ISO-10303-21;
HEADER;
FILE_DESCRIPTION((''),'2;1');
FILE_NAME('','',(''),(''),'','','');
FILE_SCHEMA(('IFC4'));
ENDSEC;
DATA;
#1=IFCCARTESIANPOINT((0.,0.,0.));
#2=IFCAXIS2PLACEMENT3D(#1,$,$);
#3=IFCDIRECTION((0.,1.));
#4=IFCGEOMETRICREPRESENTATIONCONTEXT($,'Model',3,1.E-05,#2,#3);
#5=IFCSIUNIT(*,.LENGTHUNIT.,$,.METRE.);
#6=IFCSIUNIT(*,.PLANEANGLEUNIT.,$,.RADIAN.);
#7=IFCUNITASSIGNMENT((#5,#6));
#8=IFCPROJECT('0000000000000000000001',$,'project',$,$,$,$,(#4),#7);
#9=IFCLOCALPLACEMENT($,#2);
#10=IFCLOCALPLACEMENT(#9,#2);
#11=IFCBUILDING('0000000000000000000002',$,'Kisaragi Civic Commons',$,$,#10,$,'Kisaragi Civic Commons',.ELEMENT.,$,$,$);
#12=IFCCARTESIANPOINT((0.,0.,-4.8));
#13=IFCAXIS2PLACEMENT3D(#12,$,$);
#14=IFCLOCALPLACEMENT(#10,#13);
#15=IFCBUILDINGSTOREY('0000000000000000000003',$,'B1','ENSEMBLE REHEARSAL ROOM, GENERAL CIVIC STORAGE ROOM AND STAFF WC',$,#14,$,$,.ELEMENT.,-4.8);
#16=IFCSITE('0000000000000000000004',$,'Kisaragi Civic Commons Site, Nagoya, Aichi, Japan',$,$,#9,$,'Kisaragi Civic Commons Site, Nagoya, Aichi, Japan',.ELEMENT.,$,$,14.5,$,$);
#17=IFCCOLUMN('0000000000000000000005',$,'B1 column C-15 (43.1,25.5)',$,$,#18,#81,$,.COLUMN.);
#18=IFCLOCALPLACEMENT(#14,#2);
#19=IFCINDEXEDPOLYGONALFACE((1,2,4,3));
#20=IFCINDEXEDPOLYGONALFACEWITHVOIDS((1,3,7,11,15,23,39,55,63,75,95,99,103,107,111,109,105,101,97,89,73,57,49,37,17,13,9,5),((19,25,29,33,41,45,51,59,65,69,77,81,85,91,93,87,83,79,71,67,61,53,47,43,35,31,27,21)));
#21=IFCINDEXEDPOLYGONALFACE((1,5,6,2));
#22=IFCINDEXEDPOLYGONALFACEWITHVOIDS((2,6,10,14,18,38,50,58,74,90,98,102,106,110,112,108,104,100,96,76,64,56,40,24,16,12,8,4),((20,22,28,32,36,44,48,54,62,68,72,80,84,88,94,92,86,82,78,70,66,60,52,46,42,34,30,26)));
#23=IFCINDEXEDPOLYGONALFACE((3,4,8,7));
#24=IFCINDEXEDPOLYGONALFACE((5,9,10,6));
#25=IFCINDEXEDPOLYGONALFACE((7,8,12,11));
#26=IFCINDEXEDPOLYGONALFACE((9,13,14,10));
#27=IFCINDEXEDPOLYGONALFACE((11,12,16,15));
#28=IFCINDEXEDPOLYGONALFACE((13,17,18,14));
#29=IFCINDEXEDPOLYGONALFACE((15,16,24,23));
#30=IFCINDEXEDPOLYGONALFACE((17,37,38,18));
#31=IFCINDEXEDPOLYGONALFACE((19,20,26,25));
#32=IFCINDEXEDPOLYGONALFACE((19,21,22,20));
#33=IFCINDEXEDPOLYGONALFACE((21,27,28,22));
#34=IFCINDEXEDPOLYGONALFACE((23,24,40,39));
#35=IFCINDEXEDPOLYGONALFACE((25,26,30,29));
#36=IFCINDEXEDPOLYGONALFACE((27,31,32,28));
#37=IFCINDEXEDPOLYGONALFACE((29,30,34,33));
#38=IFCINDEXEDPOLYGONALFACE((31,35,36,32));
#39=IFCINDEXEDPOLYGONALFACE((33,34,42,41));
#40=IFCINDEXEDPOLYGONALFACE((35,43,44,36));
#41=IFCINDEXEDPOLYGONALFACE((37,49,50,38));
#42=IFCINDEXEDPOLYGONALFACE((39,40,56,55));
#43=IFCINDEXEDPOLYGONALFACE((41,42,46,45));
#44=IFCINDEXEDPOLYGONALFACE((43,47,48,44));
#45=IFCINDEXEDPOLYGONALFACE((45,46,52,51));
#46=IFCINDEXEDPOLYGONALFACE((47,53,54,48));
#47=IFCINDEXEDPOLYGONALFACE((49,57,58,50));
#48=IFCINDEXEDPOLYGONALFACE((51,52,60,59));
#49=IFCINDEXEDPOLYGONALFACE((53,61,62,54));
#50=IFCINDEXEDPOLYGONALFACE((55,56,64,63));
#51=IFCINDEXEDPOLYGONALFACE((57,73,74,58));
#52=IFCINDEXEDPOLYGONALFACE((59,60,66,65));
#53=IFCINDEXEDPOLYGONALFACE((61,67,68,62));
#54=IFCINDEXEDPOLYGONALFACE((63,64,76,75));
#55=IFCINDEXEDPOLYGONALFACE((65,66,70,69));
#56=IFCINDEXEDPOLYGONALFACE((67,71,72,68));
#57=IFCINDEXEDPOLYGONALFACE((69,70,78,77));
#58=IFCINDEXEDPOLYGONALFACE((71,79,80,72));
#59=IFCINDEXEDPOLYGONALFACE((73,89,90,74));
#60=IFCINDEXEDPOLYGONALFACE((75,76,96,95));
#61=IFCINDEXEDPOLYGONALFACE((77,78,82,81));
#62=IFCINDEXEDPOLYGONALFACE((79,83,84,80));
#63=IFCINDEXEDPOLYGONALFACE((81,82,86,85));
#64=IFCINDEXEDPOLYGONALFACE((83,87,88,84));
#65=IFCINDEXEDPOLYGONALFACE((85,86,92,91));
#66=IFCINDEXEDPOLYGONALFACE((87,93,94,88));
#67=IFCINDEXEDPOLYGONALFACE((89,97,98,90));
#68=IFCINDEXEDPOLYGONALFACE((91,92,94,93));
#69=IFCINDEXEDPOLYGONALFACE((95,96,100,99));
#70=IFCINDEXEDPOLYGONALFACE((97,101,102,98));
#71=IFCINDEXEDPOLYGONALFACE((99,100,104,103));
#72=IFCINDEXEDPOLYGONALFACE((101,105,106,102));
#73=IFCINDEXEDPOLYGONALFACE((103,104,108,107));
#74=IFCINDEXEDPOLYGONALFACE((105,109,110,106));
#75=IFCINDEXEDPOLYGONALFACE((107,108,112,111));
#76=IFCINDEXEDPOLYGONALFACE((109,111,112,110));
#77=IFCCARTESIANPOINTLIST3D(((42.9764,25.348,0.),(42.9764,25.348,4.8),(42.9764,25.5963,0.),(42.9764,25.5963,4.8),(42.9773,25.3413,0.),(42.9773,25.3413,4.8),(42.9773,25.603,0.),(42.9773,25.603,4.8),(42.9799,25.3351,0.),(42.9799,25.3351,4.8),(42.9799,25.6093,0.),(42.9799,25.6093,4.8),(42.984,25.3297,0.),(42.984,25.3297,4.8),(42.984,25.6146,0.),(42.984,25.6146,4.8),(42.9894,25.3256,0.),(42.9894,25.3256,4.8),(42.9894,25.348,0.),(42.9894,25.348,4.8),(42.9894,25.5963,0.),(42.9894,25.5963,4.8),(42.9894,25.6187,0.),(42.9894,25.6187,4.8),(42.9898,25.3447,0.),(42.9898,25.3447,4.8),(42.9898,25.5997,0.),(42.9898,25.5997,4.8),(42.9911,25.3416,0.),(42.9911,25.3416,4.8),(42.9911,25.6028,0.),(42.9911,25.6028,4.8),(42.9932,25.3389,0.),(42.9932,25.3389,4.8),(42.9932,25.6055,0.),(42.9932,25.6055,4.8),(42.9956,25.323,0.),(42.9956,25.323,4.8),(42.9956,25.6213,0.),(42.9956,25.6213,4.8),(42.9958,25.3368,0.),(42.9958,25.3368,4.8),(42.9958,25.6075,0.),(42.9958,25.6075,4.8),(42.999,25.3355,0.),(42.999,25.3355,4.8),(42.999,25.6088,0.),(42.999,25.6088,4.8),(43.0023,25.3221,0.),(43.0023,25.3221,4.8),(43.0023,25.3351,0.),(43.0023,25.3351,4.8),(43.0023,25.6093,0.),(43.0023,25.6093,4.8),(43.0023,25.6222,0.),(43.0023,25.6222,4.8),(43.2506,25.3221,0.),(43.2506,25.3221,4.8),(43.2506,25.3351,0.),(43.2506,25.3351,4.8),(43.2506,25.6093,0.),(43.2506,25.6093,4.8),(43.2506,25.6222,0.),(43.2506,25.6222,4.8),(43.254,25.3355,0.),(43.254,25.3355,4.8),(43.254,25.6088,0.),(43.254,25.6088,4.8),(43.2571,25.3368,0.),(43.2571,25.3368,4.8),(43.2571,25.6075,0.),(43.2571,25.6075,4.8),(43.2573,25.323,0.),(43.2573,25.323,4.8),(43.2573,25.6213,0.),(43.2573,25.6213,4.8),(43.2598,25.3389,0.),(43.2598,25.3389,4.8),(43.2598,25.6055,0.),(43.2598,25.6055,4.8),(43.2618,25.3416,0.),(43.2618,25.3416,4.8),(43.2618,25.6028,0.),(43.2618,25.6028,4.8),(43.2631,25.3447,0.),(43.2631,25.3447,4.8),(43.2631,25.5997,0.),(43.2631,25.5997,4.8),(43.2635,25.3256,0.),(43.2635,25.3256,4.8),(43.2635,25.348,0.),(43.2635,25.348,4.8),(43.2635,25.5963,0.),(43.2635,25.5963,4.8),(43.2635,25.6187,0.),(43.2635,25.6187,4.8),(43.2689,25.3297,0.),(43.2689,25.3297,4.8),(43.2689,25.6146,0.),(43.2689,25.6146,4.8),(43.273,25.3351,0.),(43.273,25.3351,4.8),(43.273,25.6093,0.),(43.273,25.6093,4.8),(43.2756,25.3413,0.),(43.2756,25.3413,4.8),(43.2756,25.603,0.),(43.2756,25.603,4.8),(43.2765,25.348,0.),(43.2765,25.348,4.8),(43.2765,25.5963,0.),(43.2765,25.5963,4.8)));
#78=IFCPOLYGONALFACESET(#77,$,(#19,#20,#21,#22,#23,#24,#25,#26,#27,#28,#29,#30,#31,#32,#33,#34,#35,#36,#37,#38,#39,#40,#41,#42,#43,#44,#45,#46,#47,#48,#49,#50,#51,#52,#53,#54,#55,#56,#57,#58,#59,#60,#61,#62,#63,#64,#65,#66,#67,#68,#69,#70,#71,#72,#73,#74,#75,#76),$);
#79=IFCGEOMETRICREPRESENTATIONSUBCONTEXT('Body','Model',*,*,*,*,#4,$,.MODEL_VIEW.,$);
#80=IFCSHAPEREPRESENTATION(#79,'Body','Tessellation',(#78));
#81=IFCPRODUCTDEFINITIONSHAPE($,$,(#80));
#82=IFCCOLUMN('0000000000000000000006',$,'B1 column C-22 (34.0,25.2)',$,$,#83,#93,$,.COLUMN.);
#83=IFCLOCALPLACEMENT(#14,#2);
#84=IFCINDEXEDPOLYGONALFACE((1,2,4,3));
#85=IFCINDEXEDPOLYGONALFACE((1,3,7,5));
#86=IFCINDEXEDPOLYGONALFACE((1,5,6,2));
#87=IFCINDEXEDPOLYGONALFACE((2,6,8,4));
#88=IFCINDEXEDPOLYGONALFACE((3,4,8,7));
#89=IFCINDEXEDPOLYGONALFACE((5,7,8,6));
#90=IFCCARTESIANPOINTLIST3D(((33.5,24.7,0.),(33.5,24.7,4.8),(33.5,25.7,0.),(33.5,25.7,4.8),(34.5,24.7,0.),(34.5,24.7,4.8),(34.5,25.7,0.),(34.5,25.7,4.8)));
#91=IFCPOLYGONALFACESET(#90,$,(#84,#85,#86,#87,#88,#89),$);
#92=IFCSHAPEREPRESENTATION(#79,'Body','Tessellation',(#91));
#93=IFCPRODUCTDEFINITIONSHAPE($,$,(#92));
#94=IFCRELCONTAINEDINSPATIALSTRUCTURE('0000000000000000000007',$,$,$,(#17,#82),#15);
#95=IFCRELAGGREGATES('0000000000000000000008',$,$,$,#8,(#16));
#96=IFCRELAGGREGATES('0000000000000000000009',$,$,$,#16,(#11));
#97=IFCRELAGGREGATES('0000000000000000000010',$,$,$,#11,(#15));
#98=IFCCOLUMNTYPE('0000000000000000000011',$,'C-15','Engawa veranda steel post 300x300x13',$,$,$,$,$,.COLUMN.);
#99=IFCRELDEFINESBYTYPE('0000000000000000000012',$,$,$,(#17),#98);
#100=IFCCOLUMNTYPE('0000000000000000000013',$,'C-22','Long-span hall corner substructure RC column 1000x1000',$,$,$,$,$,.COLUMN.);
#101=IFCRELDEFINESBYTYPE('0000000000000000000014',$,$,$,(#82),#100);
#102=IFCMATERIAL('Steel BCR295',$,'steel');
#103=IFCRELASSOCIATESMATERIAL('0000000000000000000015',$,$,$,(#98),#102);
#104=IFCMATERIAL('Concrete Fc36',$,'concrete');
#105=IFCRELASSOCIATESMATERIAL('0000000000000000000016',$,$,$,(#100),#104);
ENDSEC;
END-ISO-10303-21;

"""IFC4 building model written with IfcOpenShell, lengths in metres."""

from ifc_helpers import new_model, si_unit, direction, frame, origin, origin_2d, place, context, subcontext, project, spatial, rectangle, hollow_rectangle, extrude, material, material_profile, profile_set, type_object, element, save


model = new_model("IFC4")

# Units and contexts
model_context = context("Model", 3, precision=1e-05, world=origin(), true_north=direction((0.0, 1.0)))
body_context = subcontext(model_context, "Body", "Model", "MODEL_VIEW")
ifc_project = project(units=[si_unit("LENGTHUNIT", "METRE"), si_unit("PLANEANGLEUNIT", "RADIAN")], contexts=[model_context])

# Site, building, storey
site_placement = place(None, origin())
site = spatial("IfcSite", under=ifc_project, at=site_placement, Name="Kisaragi Civic Commons Site, Nagoya, Aichi, Japan", LongName="Kisaragi Civic Commons Site, Nagoya, Aichi, Japan", CompositionType="ELEMENT", RefElevation=14.5)
building_placement = place(site_placement, origin())
building = spatial("IfcBuilding", under=site, at=building_placement, Name="Kisaragi Civic Commons", LongName="Kisaragi Civic Commons", CompositionType="ELEMENT")
storey_placement = place(building_placement, frame((0.0, 0.0, -4.8)))
storey = spatial("IfcBuildingStorey", under=building, at=storey_placement, Name="B1", Description="ENSEMBLE REHEARSAL ROOM, GENERAL CIVIC STORAGE ROOM AND STAFF WC", CompositionType="ELEMENT", Elevation=-4.8)

# Shared definitions
ifc_material_1 = material(Name="Concrete Fc36", Category="concrete")

# Columns
ifc_material_2 = material(Name="Steel BCR295", Category="steel")
ifc_material_profile_1 = material_profile(ifc_material_2, hollow_rectangle(XDim=0.3, YDim=0.3, WallThickness=0.0129, InnerFilletRadius=0.0129, OuterFilletRadius=0.0259, at=origin_2d()), Name="BCR-300x300x13", Category="steel")
ifc_profile_set_1 = profile_set([ifc_material_profile_1], Name="Steel BCR295")
column_type_1 = type_object("IfcColumnType", Name="C-15", Description="Engawa veranda steel post 300x300x13", PredefinedType="COLUMN", material=ifc_profile_set_1)
for number, where, z_axis, x_axis, name in (
    (1, (43.1265, 25.4722, 0.0), (0.0, 0.0, 1.0), (1.0, 0.0, 0.0), "B1 column C-15 (43.1,25.5)"),
):
    element("IfcColumn", number, at=place(storey_placement, frame(where, z_axis=z_axis, x_axis=x_axis)), inside=storey, type_object=column_type_1, Name=name, PredefinedType="COLUMN", context=body_context, shape_type="SweptSolid", body=[
        extrude(hollow_rectangle(XDim=0.3, YDim=0.3, WallThickness=0.0129, InnerFilletRadius=0.0129, OuterFilletRadius=0.0259, at=origin_2d()), origin(), (0.0, 0.0, 1.0), 4.8),
    ])
ifc_material_profile_2 = material_profile(ifc_material_1, rectangle(XDim=1.0, YDim=1.0, at=origin_2d()), Name="RC-1000x1000", Category="concrete")
ifc_profile_set_2 = profile_set([ifc_material_profile_2], Name="Concrete Fc36")
column_type_2 = type_object("IfcColumnType", Name="C-22", Description="Long-span hall corner substructure RC column 1000x1000", PredefinedType="COLUMN", material=ifc_profile_set_2)
column_placement = place(storey_placement, frame((34.0, 25.2, 0.0), z_axis=(0.0, 0.0, 1.0), x_axis=(1.0, 0.0, 0.0)))
element("IfcColumn", 2, at=column_placement, inside=storey, type_object=column_type_2, Name="B1 column C-22 (34.0,25.2)", PredefinedType="COLUMN", context=body_context, shape_type="SweptSolid", body=[
    extrude(rectangle(XDim=1.0, YDim=1.0, at=origin_2d()), origin(), (0.0, 0.0, 1.0), 4.8),
])

save(model, "model.ifc")
